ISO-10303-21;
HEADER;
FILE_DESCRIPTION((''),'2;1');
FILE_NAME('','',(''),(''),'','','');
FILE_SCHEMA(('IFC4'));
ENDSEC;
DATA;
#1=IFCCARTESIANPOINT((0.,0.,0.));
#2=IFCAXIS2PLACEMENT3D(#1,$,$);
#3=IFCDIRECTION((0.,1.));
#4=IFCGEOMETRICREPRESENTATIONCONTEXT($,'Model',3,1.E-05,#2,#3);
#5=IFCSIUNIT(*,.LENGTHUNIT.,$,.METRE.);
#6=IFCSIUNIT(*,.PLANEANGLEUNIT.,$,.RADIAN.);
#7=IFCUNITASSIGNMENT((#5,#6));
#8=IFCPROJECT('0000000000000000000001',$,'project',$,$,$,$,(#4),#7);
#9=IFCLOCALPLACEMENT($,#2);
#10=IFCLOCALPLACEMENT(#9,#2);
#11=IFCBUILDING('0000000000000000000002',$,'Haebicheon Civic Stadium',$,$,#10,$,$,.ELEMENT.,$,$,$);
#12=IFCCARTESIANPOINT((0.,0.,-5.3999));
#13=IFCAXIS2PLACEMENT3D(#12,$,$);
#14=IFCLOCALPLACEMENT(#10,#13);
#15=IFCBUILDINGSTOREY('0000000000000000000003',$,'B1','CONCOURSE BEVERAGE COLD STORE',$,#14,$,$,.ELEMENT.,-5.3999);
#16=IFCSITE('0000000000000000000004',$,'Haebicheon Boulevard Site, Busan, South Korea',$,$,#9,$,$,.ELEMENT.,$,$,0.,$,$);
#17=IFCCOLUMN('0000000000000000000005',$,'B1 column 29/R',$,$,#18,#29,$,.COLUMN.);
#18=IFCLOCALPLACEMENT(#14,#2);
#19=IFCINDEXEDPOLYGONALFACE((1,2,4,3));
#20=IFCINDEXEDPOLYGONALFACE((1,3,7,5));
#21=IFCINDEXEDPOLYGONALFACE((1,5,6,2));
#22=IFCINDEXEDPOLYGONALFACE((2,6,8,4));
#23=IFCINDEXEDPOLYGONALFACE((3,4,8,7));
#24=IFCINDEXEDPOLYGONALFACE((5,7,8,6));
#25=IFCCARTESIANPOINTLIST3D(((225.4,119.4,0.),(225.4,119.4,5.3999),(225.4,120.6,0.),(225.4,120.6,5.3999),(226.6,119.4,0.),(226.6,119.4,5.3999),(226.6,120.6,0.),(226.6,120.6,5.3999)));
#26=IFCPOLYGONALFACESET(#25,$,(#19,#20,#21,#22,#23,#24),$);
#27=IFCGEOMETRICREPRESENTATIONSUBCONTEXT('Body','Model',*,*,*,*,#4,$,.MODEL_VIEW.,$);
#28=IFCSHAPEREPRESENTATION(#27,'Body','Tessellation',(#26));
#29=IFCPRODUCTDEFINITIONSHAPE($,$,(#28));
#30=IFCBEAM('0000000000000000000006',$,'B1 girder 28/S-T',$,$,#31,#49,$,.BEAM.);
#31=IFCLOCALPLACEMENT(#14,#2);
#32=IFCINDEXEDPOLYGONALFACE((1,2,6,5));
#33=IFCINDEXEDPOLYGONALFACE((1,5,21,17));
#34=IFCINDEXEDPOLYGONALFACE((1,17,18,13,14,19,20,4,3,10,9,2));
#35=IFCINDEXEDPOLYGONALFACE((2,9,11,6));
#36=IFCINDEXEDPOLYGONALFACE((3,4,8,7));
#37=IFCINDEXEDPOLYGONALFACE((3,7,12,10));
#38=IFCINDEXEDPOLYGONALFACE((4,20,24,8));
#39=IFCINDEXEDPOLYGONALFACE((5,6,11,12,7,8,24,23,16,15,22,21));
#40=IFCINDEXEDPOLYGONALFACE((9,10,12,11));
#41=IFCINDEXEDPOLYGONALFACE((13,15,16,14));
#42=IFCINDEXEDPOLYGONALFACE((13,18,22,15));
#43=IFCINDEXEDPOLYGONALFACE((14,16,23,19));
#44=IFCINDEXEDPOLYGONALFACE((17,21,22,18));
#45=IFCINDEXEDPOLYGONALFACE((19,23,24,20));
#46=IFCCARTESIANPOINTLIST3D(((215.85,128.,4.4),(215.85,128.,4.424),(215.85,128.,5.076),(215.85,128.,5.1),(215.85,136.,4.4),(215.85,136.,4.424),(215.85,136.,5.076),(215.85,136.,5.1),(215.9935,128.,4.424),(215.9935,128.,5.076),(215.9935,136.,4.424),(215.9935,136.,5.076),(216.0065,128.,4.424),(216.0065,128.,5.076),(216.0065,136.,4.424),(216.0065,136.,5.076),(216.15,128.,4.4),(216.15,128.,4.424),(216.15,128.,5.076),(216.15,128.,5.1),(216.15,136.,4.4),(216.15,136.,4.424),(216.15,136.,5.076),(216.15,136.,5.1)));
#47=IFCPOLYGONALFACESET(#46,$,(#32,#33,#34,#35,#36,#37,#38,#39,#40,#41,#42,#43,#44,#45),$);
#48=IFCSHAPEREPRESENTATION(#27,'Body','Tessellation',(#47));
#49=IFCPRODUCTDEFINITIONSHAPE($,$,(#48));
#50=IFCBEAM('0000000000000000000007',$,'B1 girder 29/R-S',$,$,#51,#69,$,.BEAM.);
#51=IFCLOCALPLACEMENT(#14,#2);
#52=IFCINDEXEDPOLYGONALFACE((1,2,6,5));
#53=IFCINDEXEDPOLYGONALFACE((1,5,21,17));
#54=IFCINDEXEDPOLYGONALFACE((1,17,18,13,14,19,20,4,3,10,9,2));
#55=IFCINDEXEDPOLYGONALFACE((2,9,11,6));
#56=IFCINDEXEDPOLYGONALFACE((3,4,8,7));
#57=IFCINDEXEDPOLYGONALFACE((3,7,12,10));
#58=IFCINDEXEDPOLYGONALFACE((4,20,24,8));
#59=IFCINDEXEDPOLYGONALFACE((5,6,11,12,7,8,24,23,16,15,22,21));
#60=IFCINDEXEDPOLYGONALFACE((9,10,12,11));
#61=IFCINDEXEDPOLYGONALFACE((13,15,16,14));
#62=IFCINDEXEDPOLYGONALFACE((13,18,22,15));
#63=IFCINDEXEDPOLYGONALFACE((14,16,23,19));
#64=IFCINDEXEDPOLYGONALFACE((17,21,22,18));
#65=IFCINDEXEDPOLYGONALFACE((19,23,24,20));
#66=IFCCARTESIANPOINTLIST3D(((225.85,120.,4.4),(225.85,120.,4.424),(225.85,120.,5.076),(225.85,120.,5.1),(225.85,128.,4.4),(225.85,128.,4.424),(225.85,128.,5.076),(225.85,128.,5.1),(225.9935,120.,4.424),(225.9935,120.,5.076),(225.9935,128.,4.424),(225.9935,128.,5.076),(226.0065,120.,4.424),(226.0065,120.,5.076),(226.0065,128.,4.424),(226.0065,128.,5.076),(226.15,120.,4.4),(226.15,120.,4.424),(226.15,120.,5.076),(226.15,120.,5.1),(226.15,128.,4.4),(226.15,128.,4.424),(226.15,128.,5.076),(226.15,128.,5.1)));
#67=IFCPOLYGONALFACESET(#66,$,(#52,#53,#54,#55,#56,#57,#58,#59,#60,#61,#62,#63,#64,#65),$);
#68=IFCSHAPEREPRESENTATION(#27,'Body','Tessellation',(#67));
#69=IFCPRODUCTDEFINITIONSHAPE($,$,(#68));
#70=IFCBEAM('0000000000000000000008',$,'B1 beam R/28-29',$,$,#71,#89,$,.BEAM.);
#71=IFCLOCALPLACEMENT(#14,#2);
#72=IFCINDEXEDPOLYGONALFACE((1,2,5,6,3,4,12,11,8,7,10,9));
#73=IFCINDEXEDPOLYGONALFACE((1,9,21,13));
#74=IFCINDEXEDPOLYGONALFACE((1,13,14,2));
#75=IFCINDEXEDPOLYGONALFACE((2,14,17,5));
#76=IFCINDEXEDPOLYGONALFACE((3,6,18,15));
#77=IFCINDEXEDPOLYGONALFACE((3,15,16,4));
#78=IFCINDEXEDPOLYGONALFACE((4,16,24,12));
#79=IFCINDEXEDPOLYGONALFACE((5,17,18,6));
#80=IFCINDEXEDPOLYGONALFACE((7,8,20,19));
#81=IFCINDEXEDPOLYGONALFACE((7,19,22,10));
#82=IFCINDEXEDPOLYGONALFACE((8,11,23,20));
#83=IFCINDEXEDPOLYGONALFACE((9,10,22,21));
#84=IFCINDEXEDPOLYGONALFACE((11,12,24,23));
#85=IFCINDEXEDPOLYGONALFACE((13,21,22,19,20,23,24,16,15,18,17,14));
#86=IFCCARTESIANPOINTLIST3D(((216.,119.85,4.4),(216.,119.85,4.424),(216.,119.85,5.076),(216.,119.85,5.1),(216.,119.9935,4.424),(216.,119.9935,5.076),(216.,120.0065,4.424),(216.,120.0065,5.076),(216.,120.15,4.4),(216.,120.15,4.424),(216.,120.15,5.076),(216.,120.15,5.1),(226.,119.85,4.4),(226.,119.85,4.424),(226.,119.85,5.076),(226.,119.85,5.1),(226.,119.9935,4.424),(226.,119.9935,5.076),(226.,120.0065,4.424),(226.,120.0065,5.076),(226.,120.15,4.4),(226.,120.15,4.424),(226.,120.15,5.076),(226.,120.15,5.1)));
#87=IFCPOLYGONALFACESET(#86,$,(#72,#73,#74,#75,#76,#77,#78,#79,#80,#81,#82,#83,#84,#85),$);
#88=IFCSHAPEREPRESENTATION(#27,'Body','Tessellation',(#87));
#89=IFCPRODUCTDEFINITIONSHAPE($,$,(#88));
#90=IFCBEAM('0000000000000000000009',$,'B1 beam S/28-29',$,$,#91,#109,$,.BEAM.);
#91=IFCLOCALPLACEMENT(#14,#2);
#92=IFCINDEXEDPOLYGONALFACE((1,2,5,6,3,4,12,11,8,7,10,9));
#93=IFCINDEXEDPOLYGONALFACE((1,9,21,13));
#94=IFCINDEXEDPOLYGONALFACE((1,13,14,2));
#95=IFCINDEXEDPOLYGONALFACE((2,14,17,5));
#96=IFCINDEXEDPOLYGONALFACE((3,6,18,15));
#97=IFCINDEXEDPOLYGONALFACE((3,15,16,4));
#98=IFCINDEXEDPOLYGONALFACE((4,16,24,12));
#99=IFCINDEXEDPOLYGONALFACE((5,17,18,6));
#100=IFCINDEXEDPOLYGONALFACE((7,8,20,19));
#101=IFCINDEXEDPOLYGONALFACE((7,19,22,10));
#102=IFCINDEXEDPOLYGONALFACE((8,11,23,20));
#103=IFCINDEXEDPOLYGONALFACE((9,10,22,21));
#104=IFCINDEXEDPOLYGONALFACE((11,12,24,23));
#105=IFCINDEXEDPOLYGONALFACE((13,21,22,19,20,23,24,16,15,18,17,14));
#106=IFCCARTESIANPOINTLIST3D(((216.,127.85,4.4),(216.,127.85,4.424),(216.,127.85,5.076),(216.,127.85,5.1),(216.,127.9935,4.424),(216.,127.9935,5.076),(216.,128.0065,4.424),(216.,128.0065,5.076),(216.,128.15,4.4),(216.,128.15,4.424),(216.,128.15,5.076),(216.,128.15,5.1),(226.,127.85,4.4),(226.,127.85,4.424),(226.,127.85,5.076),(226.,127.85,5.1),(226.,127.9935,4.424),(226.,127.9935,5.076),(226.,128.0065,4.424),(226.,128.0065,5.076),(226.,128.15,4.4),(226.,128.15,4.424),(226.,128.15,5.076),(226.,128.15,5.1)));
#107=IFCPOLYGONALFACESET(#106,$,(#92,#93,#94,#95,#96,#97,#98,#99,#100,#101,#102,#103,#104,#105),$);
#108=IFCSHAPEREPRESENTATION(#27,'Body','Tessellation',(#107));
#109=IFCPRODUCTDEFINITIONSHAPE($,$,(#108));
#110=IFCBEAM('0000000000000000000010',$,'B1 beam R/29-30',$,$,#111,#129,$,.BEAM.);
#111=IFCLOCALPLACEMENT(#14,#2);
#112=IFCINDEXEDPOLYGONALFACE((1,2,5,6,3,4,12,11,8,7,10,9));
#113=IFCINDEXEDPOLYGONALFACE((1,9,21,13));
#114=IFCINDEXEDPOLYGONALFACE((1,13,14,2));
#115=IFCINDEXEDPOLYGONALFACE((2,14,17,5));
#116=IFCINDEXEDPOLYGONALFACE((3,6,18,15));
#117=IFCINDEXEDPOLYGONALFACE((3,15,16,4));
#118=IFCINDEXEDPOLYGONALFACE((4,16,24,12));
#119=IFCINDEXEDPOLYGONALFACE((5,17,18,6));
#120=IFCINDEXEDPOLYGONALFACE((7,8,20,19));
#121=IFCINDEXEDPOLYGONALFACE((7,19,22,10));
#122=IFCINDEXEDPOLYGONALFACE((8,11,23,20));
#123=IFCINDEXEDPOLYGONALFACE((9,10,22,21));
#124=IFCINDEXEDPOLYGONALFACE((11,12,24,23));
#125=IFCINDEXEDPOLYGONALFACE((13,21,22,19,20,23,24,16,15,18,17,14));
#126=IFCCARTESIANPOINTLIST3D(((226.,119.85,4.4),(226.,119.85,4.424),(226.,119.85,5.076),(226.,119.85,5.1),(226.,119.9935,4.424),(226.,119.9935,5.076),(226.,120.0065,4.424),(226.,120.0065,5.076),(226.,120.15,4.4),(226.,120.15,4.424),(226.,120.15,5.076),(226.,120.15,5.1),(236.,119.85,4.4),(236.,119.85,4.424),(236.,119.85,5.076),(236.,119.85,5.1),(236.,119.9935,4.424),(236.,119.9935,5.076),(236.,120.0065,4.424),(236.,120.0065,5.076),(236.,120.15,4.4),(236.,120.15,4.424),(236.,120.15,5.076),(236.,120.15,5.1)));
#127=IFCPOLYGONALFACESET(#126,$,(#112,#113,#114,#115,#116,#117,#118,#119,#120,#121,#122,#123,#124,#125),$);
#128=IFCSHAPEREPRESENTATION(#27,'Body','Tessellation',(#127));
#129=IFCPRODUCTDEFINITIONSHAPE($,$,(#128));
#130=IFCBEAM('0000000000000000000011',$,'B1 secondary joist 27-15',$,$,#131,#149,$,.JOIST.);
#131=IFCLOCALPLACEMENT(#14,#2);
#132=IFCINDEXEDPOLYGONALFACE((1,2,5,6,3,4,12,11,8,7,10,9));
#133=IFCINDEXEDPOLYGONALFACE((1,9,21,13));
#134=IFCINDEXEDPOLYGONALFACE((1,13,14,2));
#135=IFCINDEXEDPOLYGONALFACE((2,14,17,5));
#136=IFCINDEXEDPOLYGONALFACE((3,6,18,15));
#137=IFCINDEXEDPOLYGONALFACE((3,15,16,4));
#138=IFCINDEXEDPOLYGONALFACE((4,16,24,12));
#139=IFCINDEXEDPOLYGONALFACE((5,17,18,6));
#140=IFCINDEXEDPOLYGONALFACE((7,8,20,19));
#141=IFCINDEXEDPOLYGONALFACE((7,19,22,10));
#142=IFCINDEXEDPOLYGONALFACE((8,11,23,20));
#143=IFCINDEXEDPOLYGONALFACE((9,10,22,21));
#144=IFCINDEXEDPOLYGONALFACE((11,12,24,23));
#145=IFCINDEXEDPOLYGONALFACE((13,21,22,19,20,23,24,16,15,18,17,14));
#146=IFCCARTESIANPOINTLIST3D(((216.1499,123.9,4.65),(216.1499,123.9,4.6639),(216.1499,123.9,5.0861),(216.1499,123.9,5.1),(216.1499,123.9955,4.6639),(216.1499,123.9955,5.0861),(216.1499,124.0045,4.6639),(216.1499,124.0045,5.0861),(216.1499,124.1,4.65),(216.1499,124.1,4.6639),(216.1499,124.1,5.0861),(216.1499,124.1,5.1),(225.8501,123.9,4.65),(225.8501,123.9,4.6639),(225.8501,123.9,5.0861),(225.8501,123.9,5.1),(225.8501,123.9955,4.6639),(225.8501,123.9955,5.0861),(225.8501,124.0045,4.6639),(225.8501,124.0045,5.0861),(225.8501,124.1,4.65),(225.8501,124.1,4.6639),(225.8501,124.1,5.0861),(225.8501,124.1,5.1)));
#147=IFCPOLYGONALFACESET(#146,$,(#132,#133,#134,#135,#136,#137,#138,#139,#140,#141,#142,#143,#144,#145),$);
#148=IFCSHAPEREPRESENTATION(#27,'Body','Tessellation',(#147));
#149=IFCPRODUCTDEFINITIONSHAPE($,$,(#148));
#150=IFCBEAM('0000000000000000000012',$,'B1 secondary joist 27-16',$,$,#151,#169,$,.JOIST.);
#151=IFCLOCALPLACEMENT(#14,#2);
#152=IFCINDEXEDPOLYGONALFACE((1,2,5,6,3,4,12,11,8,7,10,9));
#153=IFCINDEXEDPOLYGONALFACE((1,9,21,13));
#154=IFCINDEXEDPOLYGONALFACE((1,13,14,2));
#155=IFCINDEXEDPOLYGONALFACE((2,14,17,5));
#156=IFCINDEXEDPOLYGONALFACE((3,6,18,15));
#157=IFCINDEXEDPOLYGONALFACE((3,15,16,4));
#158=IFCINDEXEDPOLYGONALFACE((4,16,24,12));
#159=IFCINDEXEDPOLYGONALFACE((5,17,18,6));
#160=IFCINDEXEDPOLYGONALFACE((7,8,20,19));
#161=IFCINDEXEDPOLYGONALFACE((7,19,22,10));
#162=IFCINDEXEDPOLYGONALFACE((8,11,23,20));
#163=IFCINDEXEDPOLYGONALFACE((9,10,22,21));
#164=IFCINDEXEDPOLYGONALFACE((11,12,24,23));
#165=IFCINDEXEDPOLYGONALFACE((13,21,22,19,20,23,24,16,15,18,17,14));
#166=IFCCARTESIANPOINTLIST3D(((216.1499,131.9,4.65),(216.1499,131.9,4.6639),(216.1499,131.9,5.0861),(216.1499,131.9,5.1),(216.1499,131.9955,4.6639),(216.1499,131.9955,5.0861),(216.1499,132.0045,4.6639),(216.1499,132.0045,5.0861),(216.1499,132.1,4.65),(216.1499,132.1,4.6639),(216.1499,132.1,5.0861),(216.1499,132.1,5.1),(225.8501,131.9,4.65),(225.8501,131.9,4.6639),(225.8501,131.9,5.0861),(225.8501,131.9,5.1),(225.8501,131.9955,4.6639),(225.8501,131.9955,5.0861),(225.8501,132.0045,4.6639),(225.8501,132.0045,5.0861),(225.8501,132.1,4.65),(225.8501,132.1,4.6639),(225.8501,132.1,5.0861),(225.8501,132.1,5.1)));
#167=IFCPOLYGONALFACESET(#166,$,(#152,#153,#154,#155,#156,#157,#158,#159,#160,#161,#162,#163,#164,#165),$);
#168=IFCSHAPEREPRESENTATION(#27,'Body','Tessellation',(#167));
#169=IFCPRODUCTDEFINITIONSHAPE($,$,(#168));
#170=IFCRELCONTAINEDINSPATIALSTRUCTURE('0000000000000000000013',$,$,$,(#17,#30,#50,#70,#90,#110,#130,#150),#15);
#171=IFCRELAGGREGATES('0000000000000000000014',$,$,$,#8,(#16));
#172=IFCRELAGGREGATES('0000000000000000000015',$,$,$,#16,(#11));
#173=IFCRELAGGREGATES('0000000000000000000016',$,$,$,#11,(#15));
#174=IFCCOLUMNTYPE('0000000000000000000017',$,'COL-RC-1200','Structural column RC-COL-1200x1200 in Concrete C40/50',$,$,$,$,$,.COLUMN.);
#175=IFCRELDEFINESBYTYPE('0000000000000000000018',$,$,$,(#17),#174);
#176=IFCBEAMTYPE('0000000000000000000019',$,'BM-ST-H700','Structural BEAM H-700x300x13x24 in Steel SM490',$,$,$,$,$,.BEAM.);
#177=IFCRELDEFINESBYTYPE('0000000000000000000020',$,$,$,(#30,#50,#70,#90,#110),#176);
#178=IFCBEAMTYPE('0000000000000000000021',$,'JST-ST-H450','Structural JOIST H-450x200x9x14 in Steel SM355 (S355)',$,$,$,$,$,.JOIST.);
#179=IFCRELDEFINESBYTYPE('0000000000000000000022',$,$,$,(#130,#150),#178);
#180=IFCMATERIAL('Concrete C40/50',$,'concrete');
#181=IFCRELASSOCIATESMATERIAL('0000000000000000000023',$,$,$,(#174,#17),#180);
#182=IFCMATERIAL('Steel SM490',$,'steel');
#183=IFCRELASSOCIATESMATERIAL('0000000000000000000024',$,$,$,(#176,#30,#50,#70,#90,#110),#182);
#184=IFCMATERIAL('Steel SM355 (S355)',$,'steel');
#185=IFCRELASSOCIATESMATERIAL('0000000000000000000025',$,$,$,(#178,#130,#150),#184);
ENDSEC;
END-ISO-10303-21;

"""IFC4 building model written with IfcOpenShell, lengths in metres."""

from ifc_helpers import new_model, si_unit, direction, frame, origin, origin_2d, place, context, subcontext, project, spatial, rectangle, i_section, extrude, material, material_profile, profile_set, type_object, element, save


model = new_model("IFC4")

# Units and contexts
model_context = context("Model", 3, precision=1e-05, world=origin(), true_north=direction((0.0, 1.0)))
body_context = subcontext(model_context, "Body", "Model", "MODEL_VIEW")
ifc_project = project(units=[si_unit("LENGTHUNIT", "METRE"), si_unit("PLANEANGLEUNIT", "RADIAN")], contexts=[model_context])

# Site, building, storey
site_placement = place(None, origin())
site = spatial("IfcSite", under=ifc_project, at=site_placement, Name="Haebicheon Boulevard Site, Busan, South Korea", CompositionType="ELEMENT", RefElevation=0.0)
building_placement = place(site_placement, origin())
building = spatial("IfcBuilding", under=site, at=building_placement, Name="Haebicheon Civic Stadium", CompositionType="ELEMENT")
storey_placement = place(building_placement, frame((0.0, 0.0, -5.3999)))
storey = spatial("IfcBuildingStorey", under=building, at=storey_placement, Name="B1", Description="CONCOURSE BEVERAGE COLD STORE", CompositionType="ELEMENT", Elevation=-5.3999)

# Column
ifc_material_1 = material(Name="Concrete C40/50", Category="concrete")
ifc_material_profile_1 = material_profile(ifc_material_1, rectangle(XDim=1.2, YDim=1.2, at=origin_2d()), Name="RC-COL-1200x1200")
ifc_profile_set_1 = profile_set([ifc_material_profile_1], Name="Concrete C40/50")
column_type = type_object("IfcColumnType", Name="COL-RC-1200", Description="Structural column RC-COL-1200x1200 in Concrete C40/50", PredefinedType="COLUMN", material=ifc_profile_set_1)
for number, where, z_axis, x_axis, name in (
    (1, (226.0, 120.0, 0.0), (0.0, 0.0, 1.0), (1.0, 0.0, 0.0), "B1 column 29/R"),
):
    element("IfcColumn", number, at=place(storey_placement, frame(where, z_axis=z_axis, x_axis=x_axis)), inside=storey, type_object=column_type, material=ifc_profile_set_1, Name=name, PredefinedType="COLUMN", context=body_context, shape_type="SweptSolid", body=[
        extrude(rectangle(XDim=1.2, YDim=1.2, at=origin_2d()), origin(), (0.0, 0.0, 1.0), 5.3999),
    ])

# Beams
ifc_material_2 = material(Name="Steel SM490", Category="steel")
ifc_material_profile_2 = material_profile(ifc_material_2, i_section(OverallWidth=0.3, OverallDepth=0.7, WebThickness=0.0129, FlangeThickness=0.0239, at=origin_2d()), Name="H-700x300x13x24")
ifc_profile_set_2 = profile_set([ifc_material_profile_2], Name="Steel SM490")
beam_type_1 = type_object("IfcBeamType", Name="BM-ST-H700", Description="Structural BEAM H-700x300x13x24 in Steel SM490", PredefinedType="BEAM", material=ifc_profile_set_2)
for number, where, z_axis, x_axis, name in (
    (2, (216.0, 128.0, 4.75), (0.0, 1.0, 0.0), (-1.0, 0.0, 0.0), "B1 girder 28/S-T"),
    (3, (226.0, 120.0, 4.75), (0.0, 1.0, 0.0), (-1.0, 0.0, 0.0), "B1 girder 29/R-S"),
):
    element("IfcBeam", number, at=place(storey_placement, frame(where, z_axis=z_axis, x_axis=x_axis)), inside=storey, type_object=beam_type_1, material=ifc_profile_set_2, Name=name, PredefinedType="BEAM", context=body_context, shape_type="SweptSolid", body=[
        extrude(i_section(OverallWidth=0.3, OverallDepth=0.7, WebThickness=0.0129, FlangeThickness=0.0239, at=origin_2d()), origin(), (0.0, 0.0, 1.0), 8.0),
    ])
for number, where, z_axis, x_axis, name in (
    (4, (216.0, 120.0, 4.75), (1.0, 0.0, 0.0), (0.0, 1.0, 0.0), "B1 beam R/28-29"),
    (5, (216.0, 128.0, 4.75), (1.0, 0.0, 0.0), (0.0, 1.0, 0.0), "B1 beam S/28-29"),
    (6, (226.0, 120.0, 4.75), (1.0, 0.0, 0.0), (0.0, 1.0, 0.0), "B1 beam R/29-30"),
):
    element("IfcBeam", number, at=place(storey_placement, frame(where, z_axis=z_axis, x_axis=x_axis)), inside=storey, type_object=beam_type_1, material=ifc_profile_set_2, Name=name, PredefinedType="BEAM", context=body_context, shape_type="SweptSolid", body=[
        extrude(i_section(OverallWidth=0.3, OverallDepth=0.7, WebThickness=0.0129, FlangeThickness=0.0239, at=origin_2d()), origin(), (0.0, 0.0, 1.0), 10.0),
    ])
ifc_material_3 = material(Name="Steel SM355 (S355)", Category="steel")
ifc_material_profile_3 = material_profile(ifc_material_3, i_section(OverallWidth=0.2, OverallDepth=0.45, WebThickness=0.009, FlangeThickness=0.0139, at=origin_2d()), Name="H-450x200x9x14")
ifc_profile_set_3 = profile_set([ifc_material_profile_3], Name="Steel SM355 (S355)")
beam_type_2 = type_object("IfcBeamType", Name="JST-ST-H450", Description="Structural JOIST H-450x200x9x14 in Steel SM355 (S355)", PredefinedType="JOIST", material=ifc_profile_set_3)
for number, where, z_axis, x_axis, name in (
    (7, (216.1499, 124.0, 4.875), (1.0, 0.0, 0.0), (0.0, 1.0, 0.0), "B1 secondary joist 27-15"),
    (8, (216.1499, 132.0, 4.875), (1.0, 0.0, 0.0), (0.0, 1.0, 0.0), "B1 secondary joist 27-16"),
):
    element("IfcBeam", number, at=place(storey_placement, frame(where, z_axis=z_axis, x_axis=x_axis)), inside=storey, type_object=beam_type_2, material=ifc_profile_set_3, Name=name, PredefinedType="JOIST", context=body_context, shape_type="SweptSolid", body=[
        extrude(i_section(OverallWidth=0.2, OverallDepth=0.45, WebThickness=0.009, FlangeThickness=0.0139, at=origin_2d()), origin(), (0.0, 0.0, 1.0), 9.7002),
    ])

save(model, "model.ifc")
